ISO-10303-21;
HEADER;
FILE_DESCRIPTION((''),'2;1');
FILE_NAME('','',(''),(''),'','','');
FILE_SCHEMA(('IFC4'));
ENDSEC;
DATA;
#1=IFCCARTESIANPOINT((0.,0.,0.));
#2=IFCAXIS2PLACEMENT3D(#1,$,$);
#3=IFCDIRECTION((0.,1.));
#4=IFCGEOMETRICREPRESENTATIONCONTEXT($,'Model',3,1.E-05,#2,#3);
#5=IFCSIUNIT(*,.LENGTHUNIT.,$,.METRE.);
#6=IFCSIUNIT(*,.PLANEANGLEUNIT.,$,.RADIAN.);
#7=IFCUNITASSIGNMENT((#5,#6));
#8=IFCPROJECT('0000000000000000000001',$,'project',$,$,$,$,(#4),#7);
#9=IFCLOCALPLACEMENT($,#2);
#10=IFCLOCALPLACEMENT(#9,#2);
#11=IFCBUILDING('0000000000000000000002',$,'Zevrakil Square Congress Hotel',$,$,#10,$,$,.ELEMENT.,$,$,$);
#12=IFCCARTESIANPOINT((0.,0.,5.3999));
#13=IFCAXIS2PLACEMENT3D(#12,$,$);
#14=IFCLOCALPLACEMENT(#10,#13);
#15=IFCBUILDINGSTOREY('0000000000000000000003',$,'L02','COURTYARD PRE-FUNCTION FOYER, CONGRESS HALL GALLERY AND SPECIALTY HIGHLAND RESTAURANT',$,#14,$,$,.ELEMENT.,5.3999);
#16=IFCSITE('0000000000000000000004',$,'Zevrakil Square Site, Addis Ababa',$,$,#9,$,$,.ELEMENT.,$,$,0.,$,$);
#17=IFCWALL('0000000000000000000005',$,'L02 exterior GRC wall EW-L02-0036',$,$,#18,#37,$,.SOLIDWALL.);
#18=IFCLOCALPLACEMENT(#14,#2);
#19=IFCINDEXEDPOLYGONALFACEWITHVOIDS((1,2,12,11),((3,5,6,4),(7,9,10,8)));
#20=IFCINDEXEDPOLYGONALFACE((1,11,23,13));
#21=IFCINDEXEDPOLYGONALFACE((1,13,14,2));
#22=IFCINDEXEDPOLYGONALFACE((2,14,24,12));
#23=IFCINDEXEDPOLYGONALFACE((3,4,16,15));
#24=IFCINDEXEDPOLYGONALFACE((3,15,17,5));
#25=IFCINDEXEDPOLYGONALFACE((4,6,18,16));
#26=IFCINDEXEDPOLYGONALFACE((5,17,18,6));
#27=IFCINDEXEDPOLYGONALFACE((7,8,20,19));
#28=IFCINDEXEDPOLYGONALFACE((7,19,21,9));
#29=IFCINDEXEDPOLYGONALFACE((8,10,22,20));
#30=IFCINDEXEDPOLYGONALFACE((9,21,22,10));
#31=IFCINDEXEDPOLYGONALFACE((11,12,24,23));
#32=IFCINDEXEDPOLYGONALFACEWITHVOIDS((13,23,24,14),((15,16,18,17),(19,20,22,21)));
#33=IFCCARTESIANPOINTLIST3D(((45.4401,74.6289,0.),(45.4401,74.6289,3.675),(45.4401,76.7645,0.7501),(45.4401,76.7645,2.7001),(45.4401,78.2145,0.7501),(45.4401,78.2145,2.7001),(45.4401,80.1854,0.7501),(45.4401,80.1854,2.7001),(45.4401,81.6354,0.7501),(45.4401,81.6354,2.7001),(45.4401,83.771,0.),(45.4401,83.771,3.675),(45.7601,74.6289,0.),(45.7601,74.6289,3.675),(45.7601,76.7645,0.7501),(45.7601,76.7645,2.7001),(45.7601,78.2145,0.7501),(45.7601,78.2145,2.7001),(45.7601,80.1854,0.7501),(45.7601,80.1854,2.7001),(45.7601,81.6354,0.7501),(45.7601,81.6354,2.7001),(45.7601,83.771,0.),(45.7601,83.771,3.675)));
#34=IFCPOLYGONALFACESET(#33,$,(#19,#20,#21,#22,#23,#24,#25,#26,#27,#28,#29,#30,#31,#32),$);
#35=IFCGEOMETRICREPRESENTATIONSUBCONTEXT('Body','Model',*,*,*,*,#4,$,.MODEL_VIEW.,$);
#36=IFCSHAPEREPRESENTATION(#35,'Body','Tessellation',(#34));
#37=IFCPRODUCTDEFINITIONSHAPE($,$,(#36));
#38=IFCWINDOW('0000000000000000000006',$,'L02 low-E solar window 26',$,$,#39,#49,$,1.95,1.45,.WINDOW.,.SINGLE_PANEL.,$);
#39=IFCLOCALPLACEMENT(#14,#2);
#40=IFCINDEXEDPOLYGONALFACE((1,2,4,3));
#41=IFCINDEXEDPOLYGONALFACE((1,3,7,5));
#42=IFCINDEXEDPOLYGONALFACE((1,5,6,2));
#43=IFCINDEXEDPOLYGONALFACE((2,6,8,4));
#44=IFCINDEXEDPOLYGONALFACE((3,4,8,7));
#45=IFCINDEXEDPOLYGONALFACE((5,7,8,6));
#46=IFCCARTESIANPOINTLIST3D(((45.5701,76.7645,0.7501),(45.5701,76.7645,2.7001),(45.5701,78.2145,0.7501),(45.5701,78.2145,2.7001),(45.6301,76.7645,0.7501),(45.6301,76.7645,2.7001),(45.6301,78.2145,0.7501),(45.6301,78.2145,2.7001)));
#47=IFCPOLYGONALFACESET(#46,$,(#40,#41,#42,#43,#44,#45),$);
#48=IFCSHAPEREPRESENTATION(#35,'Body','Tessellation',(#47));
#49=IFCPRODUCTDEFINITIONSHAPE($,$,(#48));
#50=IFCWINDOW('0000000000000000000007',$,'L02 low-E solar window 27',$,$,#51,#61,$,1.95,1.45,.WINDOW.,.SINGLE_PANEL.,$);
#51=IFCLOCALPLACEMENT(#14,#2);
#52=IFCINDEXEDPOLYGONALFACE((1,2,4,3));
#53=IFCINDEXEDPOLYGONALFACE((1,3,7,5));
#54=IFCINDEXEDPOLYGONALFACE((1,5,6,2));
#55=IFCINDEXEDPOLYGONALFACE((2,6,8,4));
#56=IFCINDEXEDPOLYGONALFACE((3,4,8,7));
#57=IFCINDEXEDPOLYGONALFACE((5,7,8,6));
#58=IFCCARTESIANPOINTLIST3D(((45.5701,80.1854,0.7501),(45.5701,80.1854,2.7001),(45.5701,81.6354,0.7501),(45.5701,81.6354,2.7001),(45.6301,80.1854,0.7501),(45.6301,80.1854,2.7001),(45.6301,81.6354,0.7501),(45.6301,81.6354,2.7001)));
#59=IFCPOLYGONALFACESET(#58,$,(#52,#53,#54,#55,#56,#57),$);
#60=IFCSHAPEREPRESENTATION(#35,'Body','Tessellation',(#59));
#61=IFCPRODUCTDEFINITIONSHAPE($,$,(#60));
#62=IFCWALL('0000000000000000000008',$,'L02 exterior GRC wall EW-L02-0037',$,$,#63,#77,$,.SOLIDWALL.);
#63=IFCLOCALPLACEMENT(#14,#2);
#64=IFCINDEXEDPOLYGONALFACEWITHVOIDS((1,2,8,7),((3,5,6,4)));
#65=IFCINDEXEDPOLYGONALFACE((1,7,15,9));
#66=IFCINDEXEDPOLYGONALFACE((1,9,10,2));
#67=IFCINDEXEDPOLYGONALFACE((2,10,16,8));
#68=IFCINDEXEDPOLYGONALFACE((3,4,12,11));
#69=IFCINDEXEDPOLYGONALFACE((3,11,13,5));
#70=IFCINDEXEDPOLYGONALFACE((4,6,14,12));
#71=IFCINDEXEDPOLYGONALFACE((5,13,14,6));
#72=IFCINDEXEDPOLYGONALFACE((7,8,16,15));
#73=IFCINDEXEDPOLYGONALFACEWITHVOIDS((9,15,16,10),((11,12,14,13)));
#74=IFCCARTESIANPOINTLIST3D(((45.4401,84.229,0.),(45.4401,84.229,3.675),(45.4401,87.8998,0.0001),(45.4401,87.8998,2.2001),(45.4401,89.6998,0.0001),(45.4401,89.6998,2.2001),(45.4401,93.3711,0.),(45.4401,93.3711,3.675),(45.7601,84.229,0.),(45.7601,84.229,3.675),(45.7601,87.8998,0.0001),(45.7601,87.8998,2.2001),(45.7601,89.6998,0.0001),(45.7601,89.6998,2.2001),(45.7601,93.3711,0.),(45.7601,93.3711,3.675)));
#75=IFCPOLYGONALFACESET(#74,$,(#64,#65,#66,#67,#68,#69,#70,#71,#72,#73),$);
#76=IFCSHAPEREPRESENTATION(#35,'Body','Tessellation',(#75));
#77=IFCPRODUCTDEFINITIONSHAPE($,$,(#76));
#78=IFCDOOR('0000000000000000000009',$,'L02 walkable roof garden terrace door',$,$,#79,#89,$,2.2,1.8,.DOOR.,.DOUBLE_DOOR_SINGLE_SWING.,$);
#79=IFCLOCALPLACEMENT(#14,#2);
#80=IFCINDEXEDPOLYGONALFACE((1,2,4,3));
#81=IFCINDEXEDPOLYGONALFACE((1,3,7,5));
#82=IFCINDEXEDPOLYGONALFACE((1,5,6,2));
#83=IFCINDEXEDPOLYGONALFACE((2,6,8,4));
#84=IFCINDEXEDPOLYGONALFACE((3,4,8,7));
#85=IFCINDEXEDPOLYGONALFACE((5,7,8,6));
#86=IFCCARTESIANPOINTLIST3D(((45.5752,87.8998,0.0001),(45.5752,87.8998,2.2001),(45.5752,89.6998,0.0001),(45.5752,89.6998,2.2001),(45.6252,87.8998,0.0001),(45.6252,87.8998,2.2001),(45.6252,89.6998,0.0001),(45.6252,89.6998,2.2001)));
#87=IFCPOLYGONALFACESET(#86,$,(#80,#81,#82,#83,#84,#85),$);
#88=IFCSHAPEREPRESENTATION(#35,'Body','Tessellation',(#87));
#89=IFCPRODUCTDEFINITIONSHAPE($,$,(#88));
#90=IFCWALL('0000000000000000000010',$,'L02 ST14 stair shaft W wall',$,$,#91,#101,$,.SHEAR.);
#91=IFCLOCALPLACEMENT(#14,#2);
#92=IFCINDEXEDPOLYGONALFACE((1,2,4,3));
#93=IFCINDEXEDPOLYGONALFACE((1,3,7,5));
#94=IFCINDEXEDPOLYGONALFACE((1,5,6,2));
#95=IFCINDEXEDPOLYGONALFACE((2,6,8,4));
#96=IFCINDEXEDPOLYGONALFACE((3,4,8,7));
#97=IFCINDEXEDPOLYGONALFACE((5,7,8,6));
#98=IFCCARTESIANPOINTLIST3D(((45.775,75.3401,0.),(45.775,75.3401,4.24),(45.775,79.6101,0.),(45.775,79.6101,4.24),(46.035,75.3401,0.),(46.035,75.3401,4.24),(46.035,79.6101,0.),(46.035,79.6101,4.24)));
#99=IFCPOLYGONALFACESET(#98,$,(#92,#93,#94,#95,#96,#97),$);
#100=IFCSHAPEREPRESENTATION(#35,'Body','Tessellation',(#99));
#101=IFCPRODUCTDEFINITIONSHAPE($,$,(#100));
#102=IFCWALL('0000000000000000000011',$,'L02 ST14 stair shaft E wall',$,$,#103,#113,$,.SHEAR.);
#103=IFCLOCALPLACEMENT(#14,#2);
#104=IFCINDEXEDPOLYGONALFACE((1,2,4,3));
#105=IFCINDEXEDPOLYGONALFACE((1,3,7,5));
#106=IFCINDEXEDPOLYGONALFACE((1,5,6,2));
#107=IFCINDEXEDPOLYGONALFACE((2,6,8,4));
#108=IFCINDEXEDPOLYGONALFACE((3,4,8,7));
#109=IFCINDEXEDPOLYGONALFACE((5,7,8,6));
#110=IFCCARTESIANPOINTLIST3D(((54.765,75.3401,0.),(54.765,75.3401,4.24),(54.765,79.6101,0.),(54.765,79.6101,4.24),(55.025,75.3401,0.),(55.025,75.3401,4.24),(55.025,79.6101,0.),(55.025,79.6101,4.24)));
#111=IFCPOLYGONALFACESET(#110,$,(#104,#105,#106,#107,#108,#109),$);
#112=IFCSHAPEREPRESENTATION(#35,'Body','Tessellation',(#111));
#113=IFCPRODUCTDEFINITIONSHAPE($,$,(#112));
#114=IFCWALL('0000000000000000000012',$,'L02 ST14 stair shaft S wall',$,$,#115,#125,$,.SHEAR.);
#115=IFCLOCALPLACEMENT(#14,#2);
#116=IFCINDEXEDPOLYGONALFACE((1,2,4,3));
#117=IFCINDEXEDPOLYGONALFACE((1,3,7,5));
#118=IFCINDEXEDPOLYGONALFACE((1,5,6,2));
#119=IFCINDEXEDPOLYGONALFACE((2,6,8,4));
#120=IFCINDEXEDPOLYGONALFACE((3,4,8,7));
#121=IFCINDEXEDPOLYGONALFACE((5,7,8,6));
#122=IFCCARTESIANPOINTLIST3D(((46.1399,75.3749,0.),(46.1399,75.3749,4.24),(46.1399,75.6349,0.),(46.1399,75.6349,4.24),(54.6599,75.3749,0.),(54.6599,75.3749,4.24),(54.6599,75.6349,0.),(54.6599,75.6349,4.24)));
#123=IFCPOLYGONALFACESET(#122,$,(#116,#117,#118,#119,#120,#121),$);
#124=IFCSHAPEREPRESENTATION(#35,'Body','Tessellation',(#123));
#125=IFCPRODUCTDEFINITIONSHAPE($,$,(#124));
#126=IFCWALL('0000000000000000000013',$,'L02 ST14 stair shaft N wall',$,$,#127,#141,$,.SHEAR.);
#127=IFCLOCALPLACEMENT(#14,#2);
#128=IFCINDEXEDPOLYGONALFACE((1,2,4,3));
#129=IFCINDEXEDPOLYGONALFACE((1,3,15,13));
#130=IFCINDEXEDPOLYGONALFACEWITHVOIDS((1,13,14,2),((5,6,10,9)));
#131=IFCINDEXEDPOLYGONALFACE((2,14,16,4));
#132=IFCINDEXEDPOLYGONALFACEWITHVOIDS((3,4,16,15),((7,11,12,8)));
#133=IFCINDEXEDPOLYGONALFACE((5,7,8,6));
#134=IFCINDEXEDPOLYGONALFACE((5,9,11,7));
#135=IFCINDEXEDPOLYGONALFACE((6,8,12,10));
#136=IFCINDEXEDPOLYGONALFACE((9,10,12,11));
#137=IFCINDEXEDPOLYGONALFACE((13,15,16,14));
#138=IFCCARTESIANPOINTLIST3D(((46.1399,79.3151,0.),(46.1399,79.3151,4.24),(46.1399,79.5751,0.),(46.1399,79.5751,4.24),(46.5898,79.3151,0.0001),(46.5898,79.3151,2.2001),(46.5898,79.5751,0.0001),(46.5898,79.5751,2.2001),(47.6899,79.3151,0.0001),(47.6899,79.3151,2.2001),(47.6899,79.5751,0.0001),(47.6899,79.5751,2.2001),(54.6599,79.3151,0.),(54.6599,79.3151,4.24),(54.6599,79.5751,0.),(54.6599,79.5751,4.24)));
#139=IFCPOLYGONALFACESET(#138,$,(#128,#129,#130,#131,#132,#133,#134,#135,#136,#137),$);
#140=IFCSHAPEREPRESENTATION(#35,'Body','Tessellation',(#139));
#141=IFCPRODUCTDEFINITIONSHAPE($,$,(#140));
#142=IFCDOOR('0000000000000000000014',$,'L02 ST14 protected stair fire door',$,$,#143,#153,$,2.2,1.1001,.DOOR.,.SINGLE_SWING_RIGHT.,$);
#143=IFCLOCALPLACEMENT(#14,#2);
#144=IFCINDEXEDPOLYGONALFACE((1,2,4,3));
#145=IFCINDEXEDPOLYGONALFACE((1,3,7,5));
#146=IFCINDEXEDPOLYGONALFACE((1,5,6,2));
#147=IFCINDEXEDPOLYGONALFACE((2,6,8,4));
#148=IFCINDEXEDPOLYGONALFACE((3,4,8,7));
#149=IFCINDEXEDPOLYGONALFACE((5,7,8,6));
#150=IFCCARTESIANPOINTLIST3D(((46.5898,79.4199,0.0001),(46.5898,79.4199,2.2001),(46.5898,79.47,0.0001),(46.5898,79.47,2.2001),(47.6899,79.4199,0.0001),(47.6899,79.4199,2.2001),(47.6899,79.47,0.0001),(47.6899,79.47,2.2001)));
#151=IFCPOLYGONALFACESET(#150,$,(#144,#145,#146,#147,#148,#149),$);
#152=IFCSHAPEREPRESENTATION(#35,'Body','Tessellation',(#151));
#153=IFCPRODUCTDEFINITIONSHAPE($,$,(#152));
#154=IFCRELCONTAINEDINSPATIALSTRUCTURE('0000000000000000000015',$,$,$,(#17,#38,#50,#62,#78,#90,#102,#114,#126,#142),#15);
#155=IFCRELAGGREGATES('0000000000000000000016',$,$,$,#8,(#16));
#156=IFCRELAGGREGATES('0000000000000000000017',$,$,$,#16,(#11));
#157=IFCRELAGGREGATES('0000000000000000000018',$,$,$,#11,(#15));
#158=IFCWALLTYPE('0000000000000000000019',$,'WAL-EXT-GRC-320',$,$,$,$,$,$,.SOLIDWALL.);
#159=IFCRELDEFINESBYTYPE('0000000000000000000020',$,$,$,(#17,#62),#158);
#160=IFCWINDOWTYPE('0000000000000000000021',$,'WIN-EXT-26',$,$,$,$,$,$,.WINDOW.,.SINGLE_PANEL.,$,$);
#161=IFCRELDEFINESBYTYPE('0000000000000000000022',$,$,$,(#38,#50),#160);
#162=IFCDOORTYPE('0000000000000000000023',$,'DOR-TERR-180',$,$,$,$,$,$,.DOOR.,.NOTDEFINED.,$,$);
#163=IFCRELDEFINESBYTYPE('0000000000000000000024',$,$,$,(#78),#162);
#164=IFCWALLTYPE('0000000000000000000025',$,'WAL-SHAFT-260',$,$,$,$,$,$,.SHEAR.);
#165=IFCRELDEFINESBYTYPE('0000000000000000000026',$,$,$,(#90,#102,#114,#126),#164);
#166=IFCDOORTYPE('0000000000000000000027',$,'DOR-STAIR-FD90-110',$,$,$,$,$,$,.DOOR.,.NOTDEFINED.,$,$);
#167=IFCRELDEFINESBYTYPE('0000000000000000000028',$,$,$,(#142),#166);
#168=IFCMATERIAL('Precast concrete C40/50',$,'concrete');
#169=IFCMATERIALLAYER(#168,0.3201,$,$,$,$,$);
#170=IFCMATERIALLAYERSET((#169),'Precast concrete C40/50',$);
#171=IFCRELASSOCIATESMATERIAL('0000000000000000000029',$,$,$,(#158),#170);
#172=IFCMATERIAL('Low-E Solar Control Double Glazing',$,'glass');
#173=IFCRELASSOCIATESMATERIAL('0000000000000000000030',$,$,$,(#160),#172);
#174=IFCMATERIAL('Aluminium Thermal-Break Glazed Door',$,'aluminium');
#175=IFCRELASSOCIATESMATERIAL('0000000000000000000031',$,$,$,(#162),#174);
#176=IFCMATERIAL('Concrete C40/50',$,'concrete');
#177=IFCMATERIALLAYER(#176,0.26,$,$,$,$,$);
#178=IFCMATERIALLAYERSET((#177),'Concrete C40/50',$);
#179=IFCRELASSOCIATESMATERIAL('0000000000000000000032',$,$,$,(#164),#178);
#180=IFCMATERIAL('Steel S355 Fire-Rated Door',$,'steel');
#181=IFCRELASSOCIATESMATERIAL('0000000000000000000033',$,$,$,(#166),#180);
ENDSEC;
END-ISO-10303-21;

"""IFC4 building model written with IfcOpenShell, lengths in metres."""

from ifc_helpers import new_model, si_unit, direction, frame, frame_2d, origin, place, context, subcontext, project, spatial, rectangle, extrude, material, layer, layer_set, type_object, element, fill, save


model = new_model("IFC4")

# Units and contexts
model_context = context("Model", 3, precision=1e-05, world=origin(), true_north=direction((0.0, 1.0)))
body_context = subcontext(model_context, "Body", "Model", "MODEL_VIEW")
ifc_project = project(units=[si_unit("LENGTHUNIT", "METRE"), si_unit("PLANEANGLEUNIT", "RADIAN")], contexts=[model_context])

# Site, building, storey
site_placement = place(None, origin())
site = spatial("IfcSite", under=ifc_project, at=site_placement, Name="Zevrakil Square Site, Addis Ababa", CompositionType="ELEMENT", RefElevation=0.0)
building_placement = place(site_placement, origin())
building = spatial("IfcBuilding", under=site, at=building_placement, Name="Zevrakil Square Congress Hotel", CompositionType="ELEMENT")
storey_placement = place(building_placement, frame((0.0, 0.0, 5.3999)))
storey = spatial("IfcBuildingStorey", under=building, at=storey_placement, Name="L02", Description="COURTYARD PRE-FUNCTION FOYER, CONGRESS HALL GALLERY AND SPECIALTY HIGHLAND RESTAURANT", CompositionType="ELEMENT", Elevation=5.3999)

# Wall, openings, windows
ifc_material_1 = material(Name="Precast concrete C40/50", Category="concrete")
ifc_layer_1 = layer(ifc_material_1, 0.3201)
ifc_layer_set_1 = layer_set([ifc_layer_1], Name="Precast concrete C40/50")
wall_type_1 = type_object("IfcWallType", Name="WAL-EXT-GRC-320", PredefinedType="SOLIDWALL", material=ifc_layer_set_1)
wall_1_placement = place(storey_placement, frame((45.6001, 74.6289, 0.0), z_axis=(0.0, 0.0, 1.0), x_axis=(0.0, 1.0, 0.0)))
wall_1 = element("IfcWall", 1, at=wall_1_placement, inside=storey, type_object=wall_type_1, Name="L02 exterior GRC wall EW-L02-0036", PredefinedType="SOLIDWALL", context=body_context, shape_type="SweptSolid", body=[
    extrude(rectangle(XDim=9.1421, YDim=0.3201, at=frame_2d((4.571, 0.0))), origin(), (0.0, 0.0, 1.0), 3.675),
])
opening_1_placement = place(wall_1_placement, frame((2.1355, 0.0, 0.75)))
opening_1 = element("IfcOpeningElement", 2, at=opening_1_placement, cuts=wall_1, PredefinedType="OPENING", context=body_context, shape_type="SweptSolid", body=[
    extrude(rectangle(XDim=1.45, YDim=1.95, at=frame_2d((0.7251, 0.9751))), frame((0.0, 0.1699, 0.0), z_axis=(0.0, -1.0, 0.0), x_axis=(1.0, 0.0, 0.0)), (0.0, 0.0, 1.0), 0.3401),
])
opening_2_placement = place(wall_1_placement, frame((5.5564, 0.0, 0.75)))
opening_2 = element("IfcOpeningElement", 3, at=opening_2_placement, cuts=wall_1, PredefinedType="OPENING", context=body_context, shape_type="SweptSolid", body=[
    extrude(rectangle(XDim=1.45, YDim=1.95, at=frame_2d((0.7251, 0.9751))), frame((0.0, 0.1699, 0.0), z_axis=(0.0, -1.0, 0.0), x_axis=(1.0, 0.0, 0.0)), (0.0, 0.0, 1.0), 0.3401),
])
ifc_material_2 = material(Name="Low-E Solar Control Double Glazing", Category="glass")
window_type = type_object("IfcWindowType", Name="WIN-EXT-26", PartitioningType="SINGLE_PANEL", PredefinedType="WINDOW", material=ifc_material_2)
window_1_placement = place(opening_1_placement, origin())
window_1 = element("IfcWindow", 4, at=window_1_placement, inside=storey, type_object=window_type, Name="L02 low-E solar window 26", OverallHeight=1.95, OverallWidth=1.45, PartitioningType="SINGLE_PANEL", PredefinedType="WINDOW", context=body_context, shape_type="SweptSolid", body=[
    extrude(rectangle(XDim=1.45, YDim=1.95, at=frame_2d((0.7251, 0.9751))), frame((0.0, 0.03, 0.0), z_axis=(0.0, -1.0, 0.0), x_axis=(1.0, 0.0, 0.0)), (0.0, 0.0, 1.0), 0.0601),
])
fill(opening_1, window_1)
window_2_placement = place(opening_2_placement, origin())
window_2 = element("IfcWindow", 5, at=window_2_placement, inside=storey, type_object=window_type, Name="L02 low-E solar window 27", OverallHeight=1.95, OverallWidth=1.45, PartitioningType="SINGLE_PANEL", PredefinedType="WINDOW", context=body_context, shape_type="SweptSolid", body=[
    extrude(rectangle(XDim=1.45, YDim=1.95, at=frame_2d((0.7251, 0.9751))), frame((0.0, 0.03, 0.0), z_axis=(0.0, -1.0, 0.0), x_axis=(1.0, 0.0, 0.0)), (0.0, 0.0, 1.0), 0.0601),
])
fill(opening_2, window_2)

# Wall, opening, door
wall_2_placement = place(storey_placement, frame((45.6001, 84.229, 0.0), z_axis=(0.0, 0.0, 1.0), x_axis=(0.0, 1.0, 0.0)))
wall_2 = element("IfcWall", 6, at=wall_2_placement, inside=storey, type_object=wall_type_1, Name="L02 exterior GRC wall EW-L02-0037", PredefinedType="SOLIDWALL", context=body_context, shape_type="SweptSolid", body=[
    extrude(rectangle(XDim=9.1421, YDim=0.3201, at=frame_2d((4.571, 0.0))), origin(), (0.0, 0.0, 1.0), 3.675),
])
opening_3_placement = place(wall_2_placement, frame((3.6709, 0.0, 0.0)))
opening_3 = element("IfcOpeningElement", 7, at=opening_3_placement, cuts=wall_2, PredefinedType="OPENING", context=body_context, shape_type="SweptSolid", body=[
    extrude(rectangle(XDim=1.8, YDim=2.2, at=frame_2d((0.8999, 1.1001))), frame((0.0, 0.1699, 0.0), z_axis=(0.0, -1.0, 0.0), x_axis=(1.0, 0.0, 0.0)), (0.0, 0.0, 1.0), 0.3401),
])
ifc_material_3 = material(Name="Aluminium Thermal-Break Glazed Door", Category="aluminium")
door_type_1 = type_object("IfcDoorType", Name="DOR-TERR-180", OperationType="NOTDEFINED", PredefinedType="DOOR", material=ifc_material_3)
door_1_placement = place(opening_3_placement, origin())
door_1 = element("IfcDoor", 8, at=door_1_placement, inside=storey, type_object=door_type_1, Name="L02 walkable roof garden terrace door", OperationType="DOUBLE_DOOR_SINGLE_SWING", OverallHeight=2.2, OverallWidth=1.8, PredefinedType="DOOR", context=body_context, shape_type="SweptSolid", body=[
    extrude(rectangle(XDim=1.8, YDim=2.2, at=frame_2d((0.8999, 1.1001))), frame((0.0, 0.0249, 0.0), z_axis=(0.0, -1.0, 0.0), x_axis=(1.0, 0.0, 0.0)), (0.0, 0.0, 1.0), 0.05),
])
fill(opening_3, door_1)

# Walls
ifc_material_4 = material(Name="Concrete C40/50", Category="concrete")
ifc_layer_2 = layer(ifc_material_4, 0.26)
ifc_layer_set_2 = layer_set([ifc_layer_2], Name="Concrete C40/50")
wall_type_2 = type_object("IfcWallType", Name="WAL-SHAFT-260", PredefinedType="SHEAR", material=ifc_layer_set_2)
for number, where, z_axis, x_axis, name in (
    (9, (45.905, 75.3401, 0.0), (0.0, 0.0, 1.0), (0.0, 1.0, 0.0), "L02 ST14 stair shaft W wall"),
    (10, (54.895, 75.3401, 0.0), (0.0, 0.0, 1.0), (0.0, 1.0, 0.0), "L02 ST14 stair shaft E wall"),
):
    element("IfcWall", number, at=place(storey_placement, frame(where, z_axis=z_axis, x_axis=x_axis)), inside=storey, type_object=wall_type_2, Name=name, PredefinedType="SHEAR", context=body_context, shape_type="SweptSolid", body=[
        extrude(rectangle(XDim=4.27, YDim=0.26, at=frame_2d((2.135, 0.0))), origin(), (0.0, 0.0, 1.0), 4.24),
    ])
wall_3_placement = place(storey_placement, frame((46.1399, 75.5049, 0.0), z_axis=(0.0, 0.0, 1.0), x_axis=(1.0, 0.0, 0.0)))
element("IfcWall", 11, at=wall_3_placement, inside=storey, type_object=wall_type_2, Name="L02 ST14 stair shaft S wall", PredefinedType="SHEAR", context=body_context, shape_type="SweptSolid", body=[
    extrude(rectangle(XDim=8.52, YDim=0.26, at=frame_2d((4.26, 0.0))), origin(), (0.0, 0.0, 1.0), 4.24),
])

# Wall, opening, door
wall_4_placement = place(storey_placement, frame((46.1399, 79.4451, 0.0), z_axis=(0.0, 0.0, 1.0), x_axis=(1.0, 0.0, 0.0)))
wall_4 = element("IfcWall", 12, at=wall_4_placement, inside=storey, type_object=wall_type_2, Name="L02 ST14 stair shaft N wall", PredefinedType="SHEAR", context=body_context, shape_type="SweptSolid", body=[
    extrude(rectangle(XDim=8.52, YDim=0.26, at=frame_2d((4.26, 0.0))), origin(), (0.0, 0.0, 1.0), 4.24),
])
opening_4_placement = place(wall_4_placement, frame((0.45, 0.0, 0.0)))
opening_4 = element("IfcOpeningElement", 13, at=opening_4_placement, cuts=wall_4, PredefinedType="OPENING", context=body_context, shape_type="SweptSolid", body=[
    extrude(rectangle(XDim=1.1001, YDim=2.2, at=frame_2d((0.55, 1.1001))), frame((0.0, 0.1401, 0.0), z_axis=(0.0, -1.0, 0.0), x_axis=(1.0, 0.0, 0.0)), (0.0, 0.0, 1.0), 0.28),
])
ifc_material_5 = material(Name="Steel S355 Fire-Rated Door", Category="steel")
door_type_2 = type_object("IfcDoorType", Name="DOR-STAIR-FD90-110", OperationType="NOTDEFINED", PredefinedType="DOOR", material=ifc_material_5)
door_2_placement = place(opening_4_placement, origin())
door_2 = element("IfcDoor", 14, at=door_2_placement, inside=storey, type_object=door_type_2, Name="L02 ST14 protected stair fire door", OperationType="SINGLE_SWING_RIGHT", OverallHeight=2.2, OverallWidth=1.1001, PredefinedType="DOOR", context=body_context, shape_type="SweptSolid", body=[
    extrude(rectangle(XDim=1.1001, YDim=2.2, at=frame_2d((0.55, 1.1001))), frame((0.0, 0.0249, 0.0), z_axis=(0.0, -1.0, 0.0), x_axis=(1.0, 0.0, 0.0)), (0.0, 0.0, 1.0), 0.05),
])
fill(opening_4, door_2)

save(model, "model.ifc")
